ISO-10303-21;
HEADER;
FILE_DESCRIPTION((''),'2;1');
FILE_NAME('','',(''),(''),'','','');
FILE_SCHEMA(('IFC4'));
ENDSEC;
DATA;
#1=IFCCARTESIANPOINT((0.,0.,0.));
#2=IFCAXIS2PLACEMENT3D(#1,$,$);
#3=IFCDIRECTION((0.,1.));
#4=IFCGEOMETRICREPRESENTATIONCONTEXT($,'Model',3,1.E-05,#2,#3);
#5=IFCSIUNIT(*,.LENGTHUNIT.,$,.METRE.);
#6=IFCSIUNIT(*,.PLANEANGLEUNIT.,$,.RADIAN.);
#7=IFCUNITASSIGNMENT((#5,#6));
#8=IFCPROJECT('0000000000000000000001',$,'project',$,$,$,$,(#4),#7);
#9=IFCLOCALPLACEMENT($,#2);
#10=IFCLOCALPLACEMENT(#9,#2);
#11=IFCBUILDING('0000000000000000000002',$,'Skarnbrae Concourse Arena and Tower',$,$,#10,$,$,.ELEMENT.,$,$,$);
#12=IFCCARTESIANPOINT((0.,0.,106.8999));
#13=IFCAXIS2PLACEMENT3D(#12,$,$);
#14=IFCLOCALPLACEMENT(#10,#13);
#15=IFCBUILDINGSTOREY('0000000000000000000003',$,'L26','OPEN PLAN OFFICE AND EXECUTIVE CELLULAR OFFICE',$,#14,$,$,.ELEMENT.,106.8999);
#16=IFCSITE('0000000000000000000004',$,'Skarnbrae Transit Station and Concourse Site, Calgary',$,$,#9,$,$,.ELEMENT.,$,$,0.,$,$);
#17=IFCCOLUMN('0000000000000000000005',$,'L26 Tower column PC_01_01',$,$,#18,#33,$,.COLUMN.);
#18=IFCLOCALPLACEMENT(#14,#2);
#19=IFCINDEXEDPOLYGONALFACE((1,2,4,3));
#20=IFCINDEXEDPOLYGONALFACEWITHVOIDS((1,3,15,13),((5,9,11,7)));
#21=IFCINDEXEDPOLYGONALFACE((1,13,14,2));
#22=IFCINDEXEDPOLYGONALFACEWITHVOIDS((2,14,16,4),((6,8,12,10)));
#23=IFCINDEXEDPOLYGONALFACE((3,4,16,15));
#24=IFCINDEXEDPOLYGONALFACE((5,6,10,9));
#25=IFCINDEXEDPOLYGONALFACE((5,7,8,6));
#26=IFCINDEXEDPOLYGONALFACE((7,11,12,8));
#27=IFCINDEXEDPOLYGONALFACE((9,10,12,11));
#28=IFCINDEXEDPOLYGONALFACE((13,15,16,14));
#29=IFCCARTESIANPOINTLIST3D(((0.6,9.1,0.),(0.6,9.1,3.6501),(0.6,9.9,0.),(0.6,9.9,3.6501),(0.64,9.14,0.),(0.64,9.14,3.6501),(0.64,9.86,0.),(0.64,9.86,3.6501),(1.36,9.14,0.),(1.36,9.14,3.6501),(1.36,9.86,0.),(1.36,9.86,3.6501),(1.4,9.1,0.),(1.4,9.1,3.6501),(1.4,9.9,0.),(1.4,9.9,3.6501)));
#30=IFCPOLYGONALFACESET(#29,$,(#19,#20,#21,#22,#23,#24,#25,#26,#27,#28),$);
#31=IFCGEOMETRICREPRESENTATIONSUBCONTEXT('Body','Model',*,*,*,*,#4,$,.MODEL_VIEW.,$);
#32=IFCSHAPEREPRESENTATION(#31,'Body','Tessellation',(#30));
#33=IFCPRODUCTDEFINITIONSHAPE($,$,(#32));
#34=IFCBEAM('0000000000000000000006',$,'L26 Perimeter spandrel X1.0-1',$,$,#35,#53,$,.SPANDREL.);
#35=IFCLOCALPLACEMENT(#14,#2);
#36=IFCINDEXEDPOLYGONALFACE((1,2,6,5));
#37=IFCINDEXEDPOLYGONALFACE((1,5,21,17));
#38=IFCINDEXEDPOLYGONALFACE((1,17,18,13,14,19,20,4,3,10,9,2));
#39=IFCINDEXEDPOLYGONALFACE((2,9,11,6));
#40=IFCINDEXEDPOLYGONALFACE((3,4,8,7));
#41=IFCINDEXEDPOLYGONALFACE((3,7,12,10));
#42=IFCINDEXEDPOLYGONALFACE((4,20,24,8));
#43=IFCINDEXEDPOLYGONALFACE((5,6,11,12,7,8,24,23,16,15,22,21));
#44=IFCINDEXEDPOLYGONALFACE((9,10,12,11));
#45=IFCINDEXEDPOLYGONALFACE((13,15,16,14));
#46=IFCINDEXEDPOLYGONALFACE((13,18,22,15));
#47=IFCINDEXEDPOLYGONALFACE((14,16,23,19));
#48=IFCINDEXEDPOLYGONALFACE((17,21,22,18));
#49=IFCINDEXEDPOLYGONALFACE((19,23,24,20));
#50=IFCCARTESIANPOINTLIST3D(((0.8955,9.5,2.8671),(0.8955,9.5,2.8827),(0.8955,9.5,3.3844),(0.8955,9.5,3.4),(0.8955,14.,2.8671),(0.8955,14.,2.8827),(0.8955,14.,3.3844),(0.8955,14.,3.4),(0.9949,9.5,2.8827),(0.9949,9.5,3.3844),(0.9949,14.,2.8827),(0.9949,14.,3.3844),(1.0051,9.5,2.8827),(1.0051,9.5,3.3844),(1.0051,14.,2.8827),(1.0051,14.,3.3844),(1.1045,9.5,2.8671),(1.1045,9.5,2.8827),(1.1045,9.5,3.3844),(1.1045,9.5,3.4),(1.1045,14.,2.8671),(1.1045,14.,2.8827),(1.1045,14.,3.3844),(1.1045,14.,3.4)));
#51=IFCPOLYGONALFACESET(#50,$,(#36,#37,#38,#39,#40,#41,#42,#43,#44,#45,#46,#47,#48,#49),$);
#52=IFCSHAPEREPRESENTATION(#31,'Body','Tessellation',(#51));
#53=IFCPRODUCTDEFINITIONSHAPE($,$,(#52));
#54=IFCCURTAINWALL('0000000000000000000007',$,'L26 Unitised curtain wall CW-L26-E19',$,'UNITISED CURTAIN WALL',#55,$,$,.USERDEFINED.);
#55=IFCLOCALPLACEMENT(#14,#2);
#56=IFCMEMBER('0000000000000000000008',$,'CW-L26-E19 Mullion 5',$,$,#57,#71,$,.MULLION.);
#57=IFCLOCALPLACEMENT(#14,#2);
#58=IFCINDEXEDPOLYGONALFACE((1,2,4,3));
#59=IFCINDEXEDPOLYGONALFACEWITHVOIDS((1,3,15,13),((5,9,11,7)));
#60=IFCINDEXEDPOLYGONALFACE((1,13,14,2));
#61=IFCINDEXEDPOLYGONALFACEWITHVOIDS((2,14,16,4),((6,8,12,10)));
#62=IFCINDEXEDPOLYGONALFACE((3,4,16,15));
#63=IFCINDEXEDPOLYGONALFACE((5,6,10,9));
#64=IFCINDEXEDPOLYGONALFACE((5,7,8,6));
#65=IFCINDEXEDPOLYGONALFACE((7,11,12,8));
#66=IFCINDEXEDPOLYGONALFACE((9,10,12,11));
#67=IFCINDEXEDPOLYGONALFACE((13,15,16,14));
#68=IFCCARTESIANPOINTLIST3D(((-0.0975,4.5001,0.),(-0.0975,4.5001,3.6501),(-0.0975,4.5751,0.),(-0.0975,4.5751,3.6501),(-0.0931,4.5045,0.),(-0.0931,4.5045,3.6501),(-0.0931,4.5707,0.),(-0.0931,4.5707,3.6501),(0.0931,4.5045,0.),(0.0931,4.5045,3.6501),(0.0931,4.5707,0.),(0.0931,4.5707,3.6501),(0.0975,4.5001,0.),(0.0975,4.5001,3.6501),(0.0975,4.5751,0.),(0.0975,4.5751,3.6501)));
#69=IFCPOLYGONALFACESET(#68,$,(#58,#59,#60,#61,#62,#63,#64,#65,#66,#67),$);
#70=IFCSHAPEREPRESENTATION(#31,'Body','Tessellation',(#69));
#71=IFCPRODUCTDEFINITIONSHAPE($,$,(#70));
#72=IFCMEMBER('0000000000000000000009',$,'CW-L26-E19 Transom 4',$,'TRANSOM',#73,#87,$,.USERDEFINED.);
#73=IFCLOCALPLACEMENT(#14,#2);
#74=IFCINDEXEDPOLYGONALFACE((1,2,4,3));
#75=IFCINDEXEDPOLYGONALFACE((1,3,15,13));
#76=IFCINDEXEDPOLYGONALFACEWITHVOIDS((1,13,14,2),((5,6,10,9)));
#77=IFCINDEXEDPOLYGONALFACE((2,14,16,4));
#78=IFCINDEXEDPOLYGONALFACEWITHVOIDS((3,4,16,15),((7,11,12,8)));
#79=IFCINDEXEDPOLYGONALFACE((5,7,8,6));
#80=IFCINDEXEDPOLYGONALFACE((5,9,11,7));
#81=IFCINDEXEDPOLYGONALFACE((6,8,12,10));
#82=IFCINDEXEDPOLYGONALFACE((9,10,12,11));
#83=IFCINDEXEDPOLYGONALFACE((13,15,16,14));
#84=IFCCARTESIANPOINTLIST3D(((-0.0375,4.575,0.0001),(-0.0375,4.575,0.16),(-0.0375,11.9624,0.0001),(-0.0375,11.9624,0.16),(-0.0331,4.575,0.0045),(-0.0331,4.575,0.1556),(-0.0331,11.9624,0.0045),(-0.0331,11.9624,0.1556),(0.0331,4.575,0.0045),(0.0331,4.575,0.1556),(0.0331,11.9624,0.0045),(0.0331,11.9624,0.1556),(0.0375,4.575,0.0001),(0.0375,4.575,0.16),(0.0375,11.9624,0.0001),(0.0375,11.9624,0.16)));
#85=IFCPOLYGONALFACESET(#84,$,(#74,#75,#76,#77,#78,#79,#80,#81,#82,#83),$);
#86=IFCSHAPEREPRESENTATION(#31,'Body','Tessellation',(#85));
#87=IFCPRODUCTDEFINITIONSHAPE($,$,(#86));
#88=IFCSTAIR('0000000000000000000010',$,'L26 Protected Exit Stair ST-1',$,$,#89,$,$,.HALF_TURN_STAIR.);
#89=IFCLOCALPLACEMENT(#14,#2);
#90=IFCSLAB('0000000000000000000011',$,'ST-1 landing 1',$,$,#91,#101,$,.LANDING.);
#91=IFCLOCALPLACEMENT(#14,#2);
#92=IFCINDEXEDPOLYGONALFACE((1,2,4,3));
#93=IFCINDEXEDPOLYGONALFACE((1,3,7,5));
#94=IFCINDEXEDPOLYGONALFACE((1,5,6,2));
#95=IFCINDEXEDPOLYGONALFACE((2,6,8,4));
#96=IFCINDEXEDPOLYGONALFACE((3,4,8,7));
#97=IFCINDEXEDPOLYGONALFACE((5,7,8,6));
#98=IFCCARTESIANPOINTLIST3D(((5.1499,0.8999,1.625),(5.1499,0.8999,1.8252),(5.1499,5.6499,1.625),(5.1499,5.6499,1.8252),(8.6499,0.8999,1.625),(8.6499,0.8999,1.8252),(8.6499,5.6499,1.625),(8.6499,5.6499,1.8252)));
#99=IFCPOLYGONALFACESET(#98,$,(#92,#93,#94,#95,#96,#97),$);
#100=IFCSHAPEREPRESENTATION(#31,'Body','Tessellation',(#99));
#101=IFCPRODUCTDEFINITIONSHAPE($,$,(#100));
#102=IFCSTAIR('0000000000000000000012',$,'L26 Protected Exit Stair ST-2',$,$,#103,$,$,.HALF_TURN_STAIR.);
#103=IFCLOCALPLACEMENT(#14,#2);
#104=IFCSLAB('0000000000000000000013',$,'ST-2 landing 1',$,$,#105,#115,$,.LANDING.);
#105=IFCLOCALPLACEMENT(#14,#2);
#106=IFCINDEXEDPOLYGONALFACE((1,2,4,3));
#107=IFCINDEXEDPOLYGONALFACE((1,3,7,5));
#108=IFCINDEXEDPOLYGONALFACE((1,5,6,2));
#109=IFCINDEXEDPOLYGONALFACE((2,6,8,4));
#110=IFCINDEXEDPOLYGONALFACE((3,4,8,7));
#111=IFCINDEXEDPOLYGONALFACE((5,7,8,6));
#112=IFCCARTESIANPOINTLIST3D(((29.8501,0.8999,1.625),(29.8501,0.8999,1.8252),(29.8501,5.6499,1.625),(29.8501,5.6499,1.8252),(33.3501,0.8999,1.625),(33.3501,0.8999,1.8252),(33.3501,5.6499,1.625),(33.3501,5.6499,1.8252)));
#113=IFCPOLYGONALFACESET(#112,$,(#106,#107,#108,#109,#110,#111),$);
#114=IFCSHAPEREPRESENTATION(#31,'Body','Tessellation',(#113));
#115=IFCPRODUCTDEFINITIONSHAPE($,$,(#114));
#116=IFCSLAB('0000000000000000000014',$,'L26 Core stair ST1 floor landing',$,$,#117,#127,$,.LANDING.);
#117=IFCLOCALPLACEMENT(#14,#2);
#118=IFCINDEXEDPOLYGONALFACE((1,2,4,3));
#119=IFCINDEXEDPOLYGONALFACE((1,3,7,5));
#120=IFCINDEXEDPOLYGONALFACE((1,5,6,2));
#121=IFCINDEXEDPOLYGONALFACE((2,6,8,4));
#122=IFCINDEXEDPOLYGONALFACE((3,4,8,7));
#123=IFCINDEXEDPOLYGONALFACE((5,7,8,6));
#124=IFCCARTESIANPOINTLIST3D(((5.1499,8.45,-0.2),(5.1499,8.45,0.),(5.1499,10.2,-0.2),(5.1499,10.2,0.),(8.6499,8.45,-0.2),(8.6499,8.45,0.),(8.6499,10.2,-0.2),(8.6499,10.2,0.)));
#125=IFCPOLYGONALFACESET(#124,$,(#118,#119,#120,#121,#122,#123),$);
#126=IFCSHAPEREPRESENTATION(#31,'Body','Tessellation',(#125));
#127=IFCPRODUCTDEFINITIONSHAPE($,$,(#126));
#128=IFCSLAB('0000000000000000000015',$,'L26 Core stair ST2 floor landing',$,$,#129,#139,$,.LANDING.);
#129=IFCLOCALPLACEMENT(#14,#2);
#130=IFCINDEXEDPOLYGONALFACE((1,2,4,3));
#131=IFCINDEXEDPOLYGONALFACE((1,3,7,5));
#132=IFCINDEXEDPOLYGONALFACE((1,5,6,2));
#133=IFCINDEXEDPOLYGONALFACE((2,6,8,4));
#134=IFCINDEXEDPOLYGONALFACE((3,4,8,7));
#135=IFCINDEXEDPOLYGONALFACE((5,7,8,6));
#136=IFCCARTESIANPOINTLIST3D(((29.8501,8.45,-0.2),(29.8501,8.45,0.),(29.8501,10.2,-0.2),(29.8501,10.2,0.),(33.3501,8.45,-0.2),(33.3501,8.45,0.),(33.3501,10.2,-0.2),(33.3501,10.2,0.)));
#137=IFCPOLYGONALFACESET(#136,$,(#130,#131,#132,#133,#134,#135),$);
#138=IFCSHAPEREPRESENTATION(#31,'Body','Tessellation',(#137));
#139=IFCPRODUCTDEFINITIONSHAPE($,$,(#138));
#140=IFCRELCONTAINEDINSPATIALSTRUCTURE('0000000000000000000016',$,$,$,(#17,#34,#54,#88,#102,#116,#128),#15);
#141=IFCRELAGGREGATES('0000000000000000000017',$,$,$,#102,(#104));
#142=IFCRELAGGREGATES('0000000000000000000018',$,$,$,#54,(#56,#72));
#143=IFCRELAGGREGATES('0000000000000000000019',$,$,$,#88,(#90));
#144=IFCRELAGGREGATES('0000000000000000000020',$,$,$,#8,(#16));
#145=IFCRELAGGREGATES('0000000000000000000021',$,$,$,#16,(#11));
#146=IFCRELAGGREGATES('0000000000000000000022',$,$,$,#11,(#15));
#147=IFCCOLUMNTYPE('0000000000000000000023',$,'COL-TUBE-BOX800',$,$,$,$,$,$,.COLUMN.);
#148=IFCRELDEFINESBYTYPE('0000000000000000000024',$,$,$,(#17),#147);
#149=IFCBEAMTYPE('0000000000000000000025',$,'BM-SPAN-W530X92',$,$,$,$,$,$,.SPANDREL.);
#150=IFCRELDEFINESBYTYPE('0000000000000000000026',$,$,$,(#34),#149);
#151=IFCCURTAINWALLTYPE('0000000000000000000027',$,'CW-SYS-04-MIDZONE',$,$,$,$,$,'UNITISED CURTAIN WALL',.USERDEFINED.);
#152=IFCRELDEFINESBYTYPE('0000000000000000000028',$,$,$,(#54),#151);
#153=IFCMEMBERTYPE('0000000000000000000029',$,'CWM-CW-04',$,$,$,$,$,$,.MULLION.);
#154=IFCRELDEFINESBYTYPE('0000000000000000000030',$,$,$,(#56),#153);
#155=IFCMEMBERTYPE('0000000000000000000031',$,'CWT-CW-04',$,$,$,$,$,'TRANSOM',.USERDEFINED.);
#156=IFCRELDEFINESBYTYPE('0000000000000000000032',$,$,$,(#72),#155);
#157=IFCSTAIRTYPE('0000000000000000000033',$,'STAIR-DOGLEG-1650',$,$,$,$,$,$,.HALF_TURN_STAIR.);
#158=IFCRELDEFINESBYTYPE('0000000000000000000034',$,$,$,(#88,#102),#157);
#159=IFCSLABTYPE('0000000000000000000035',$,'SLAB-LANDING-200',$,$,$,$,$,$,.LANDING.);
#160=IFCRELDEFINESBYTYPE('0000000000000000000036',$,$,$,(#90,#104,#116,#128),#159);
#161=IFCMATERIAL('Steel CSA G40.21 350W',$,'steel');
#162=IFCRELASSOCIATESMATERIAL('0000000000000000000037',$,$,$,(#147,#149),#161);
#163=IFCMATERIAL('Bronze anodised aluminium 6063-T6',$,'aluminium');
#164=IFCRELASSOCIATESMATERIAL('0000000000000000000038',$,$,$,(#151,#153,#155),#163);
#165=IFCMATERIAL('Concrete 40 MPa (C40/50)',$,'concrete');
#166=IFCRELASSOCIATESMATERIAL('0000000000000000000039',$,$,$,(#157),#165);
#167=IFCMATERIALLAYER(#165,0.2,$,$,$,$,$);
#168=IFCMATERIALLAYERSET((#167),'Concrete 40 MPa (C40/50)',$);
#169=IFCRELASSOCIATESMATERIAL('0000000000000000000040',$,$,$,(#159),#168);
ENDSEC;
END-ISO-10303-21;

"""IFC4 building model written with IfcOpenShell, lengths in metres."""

from ifc_helpers import new_model, si_unit, direction, frame, origin, origin_2d, place, context, subcontext, project, spatial, polyline, hollow_rectangle, i_section, outline, extrude, source, transform, mapped, material, layer, layer_set, material_profile, profile_set, type_object, element, aggregate, save


model = new_model("IFC4")

# Units and contexts
model_context = context("Model", 3, precision=1e-05, world=origin(), true_north=direction((0.0, 1.0)))
body_context = subcontext(model_context, "Body", "Model", "MODEL_VIEW")
ifc_project = project(units=[si_unit("LENGTHUNIT", "METRE"), si_unit("PLANEANGLEUNIT", "RADIAN")], contexts=[model_context])

# Site, building, storey
site_placement = place(None, origin())
site = spatial("IfcSite", under=ifc_project, at=site_placement, Name="Skarnbrae Transit Station and Concourse Site, Calgary", CompositionType="ELEMENT", RefElevation=0.0)
building_placement = place(site_placement, origin())
building = spatial("IfcBuilding", under=site, at=building_placement, Name="Skarnbrae Concourse Arena and Tower", CompositionType="ELEMENT")
storey_placement = place(building_placement, frame((0.0, 0.0, 106.8999)))
storey = spatial("IfcBuildingStorey", under=building, at=storey_placement, Name="L26", Description="OPEN PLAN OFFICE AND EXECUTIVE CELLULAR OFFICE", CompositionType="ELEMENT", Elevation=106.8999)

# Column
ifc_material_1 = material(Name="Steel CSA G40.21 350W", Category="steel")
ifc_material_profile_1 = material_profile(ifc_material_1, hollow_rectangle(XDim=0.8, YDim=0.8, WallThickness=0.04, at=origin_2d()), Name="BOX800X800X40")
ifc_profile_set_1 = profile_set([ifc_material_profile_1], Name="Steel CSA G40.21 350W")
column_type = type_object("IfcColumnType", Name="COL-TUBE-BOX800", PredefinedType="COLUMN", material=ifc_profile_set_1)
shared_shape_1 = source(origin(), body_context, "Body", "SweptSolid", [
    extrude(hollow_rectangle(XDim=0.8, YDim=0.8, WallThickness=0.04, at=origin_2d()), origin(), (0.0, 0.0, 1.0), 3.6501),
])
column_placement = place(storey_placement, frame((1.0, 9.5, 0.0), z_axis=(0.0, 0.0, 1.0), x_axis=(1.0, 0.0, 0.0)))
element("IfcColumn", 1, at=column_placement, inside=storey, type_object=column_type, Name="L26 Tower column PC_01_01", PredefinedType="COLUMN", context=body_context, shape_type="MappedRepresentation", body=[
    mapped(shared_shape_1, transform((0.0, 0.0, 0.0))),
])

# Beam
ifc_material_profile_2 = material_profile(ifc_material_1, i_section(OverallWidth=0.209, OverallDepth=0.533, WebThickness=0.0103, FlangeThickness=0.0156, at=origin_2d()), Name="W530X92")
ifc_profile_set_2 = profile_set([ifc_material_profile_2], Name="Steel CSA G40.21 350W")
beam_type = type_object("IfcBeamType", Name="BM-SPAN-W530X92", PredefinedType="SPANDREL", material=ifc_profile_set_2)
shared_shape_2 = source(origin(), body_context, "Body", "SweptSolid", [
    extrude(i_section(OverallWidth=0.209, OverallDepth=0.533, WebThickness=0.0103, FlangeThickness=0.0156, at=origin_2d()), origin(), (0.0, 0.0, 1.0), 4.5),
])
beam_placement = place(storey_placement, frame((1.0, 9.5, 3.1335), z_axis=(0.0, 1.0, 0.0), x_axis=(-1.0, 0.0, 0.0)))
element("IfcBeam", 2, at=beam_placement, inside=storey, type_object=beam_type, Name="L26 Perimeter spandrel X1.0-1", PredefinedType="SPANDREL", context=body_context, shape_type="MappedRepresentation", body=[
    mapped(shared_shape_2, transform((0.0, 0.0, 0.0))),
])

# Curtain wall, members
ifc_material_2 = material(Name="Bronze anodised aluminium 6063-T6", Category="aluminium")
curtain_wall_type = type_object("IfcCurtainWallType", Name="CW-SYS-04-MIDZONE", ElementType="UNITISED CURTAIN WALL", PredefinedType="USERDEFINED", material=ifc_material_2)
curtain_wall_placement = place(storey_placement, origin())
curtain_wall = element("IfcCurtainWall", 3, at=curtain_wall_placement, inside=storey, type_object=curtain_wall_type, Name="L26 Unitised curtain wall CW-L26-E19", ObjectType="UNITISED CURTAIN WALL", PredefinedType="USERDEFINED")
ifc_material_profile_3 = material_profile(ifc_material_2, hollow_rectangle(XDim=0.075, YDim=0.1951, WallThickness=0.0044, at=origin_2d()), Name="ALU-MULL-75X195")
ifc_profile_set_3 = profile_set([ifc_material_profile_3], Name="Bronze anodised aluminium 6063-T6")
member_type_1 = type_object("IfcMemberType", Name="CWM-CW-04", PredefinedType="MULLION", material=ifc_profile_set_3)
shared_shape_3 = source(origin(), body_context, "Body", "SweptSolid", [
    extrude(hollow_rectangle(XDim=0.075, YDim=0.1951, WallThickness=0.0044, at=origin_2d()), origin(), (0.0, 0.0, 1.0), 3.6501),
])
member_1_placement = place(storey_placement, frame((0.0, 4.5376, 0.0), z_axis=(0.0, 0.0, 1.0), x_axis=(0.0, -1.0, 0.0)))
member_1 = element("IfcMember", 4, at=member_1_placement, type_object=member_type_1, Name="CW-L26-E19 Mullion 5", PredefinedType="MULLION", context=body_context, shape_type="MappedRepresentation", body=[
    mapped(shared_shape_3, transform((0.0, 0.0, 0.0))),
])
ifc_material_profile_4 = material_profile(ifc_material_2, hollow_rectangle(XDim=0.075, YDim=0.1599, WallThickness=0.0044, at=origin_2d()), Name="ALU-TRAN-75X160")
ifc_profile_set_4 = profile_set([ifc_material_profile_4], Name="Bronze anodised aluminium 6063-T6")
member_type_2 = type_object("IfcMemberType", Name="CWT-CW-04", ElementType="TRANSOM", PredefinedType="USERDEFINED", material=ifc_profile_set_4)
shared_shape_4 = source(origin(), body_context, "Body", "SweptSolid", [
    extrude(hollow_rectangle(XDim=0.075, YDim=0.1599, WallThickness=0.0044, at=origin_2d()), origin(), (0.0, 0.0, 1.0), 7.3875),
])
member_2_placement = place(storey_placement, frame((0.0, 11.9624, 0.0801), z_axis=(0.0, -1.0, 0.0), x_axis=(1.0, 0.0, 0.0)))
member_2 = element("IfcMember", 5, at=member_2_placement, type_object=member_type_2, Name="CW-L26-E19 Transom 4", ObjectType="TRANSOM", PredefinedType="USERDEFINED", context=body_context, shape_type="MappedRepresentation", body=[
    mapped(shared_shape_4, transform((0.0, 0.0, 0.0))),
])

# Stairs, slabs
ifc_material_3 = material(Name="Concrete 40 MPa (C40/50)", Category="concrete")
stair_type = type_object("IfcStairType", Name="STAIR-DOGLEG-1650", PredefinedType="HALF_TURN_STAIR", material=ifc_material_3)
stair_1_placement = place(storey_placement, origin())
stair_1 = element("IfcStair", 6, at=stair_1_placement, inside=storey, type_object=stair_type, Name="L26 Protected Exit Stair ST-1", PredefinedType="HALF_TURN_STAIR")
ifc_layer_1 = layer(ifc_material_3, 0.2)
ifc_layer_set_1 = layer_set([ifc_layer_1], Name="Concrete 40 MPa (C40/50)")
slab_type_1 = type_object("IfcSlabType", Name="SLAB-LANDING-200", PredefinedType="LANDING", material=ifc_layer_set_1)
slab_1_placement = place(storey_placement, frame((0.0, 0.0, 1.625)))
slab_1 = element("IfcSlab", 7, at=slab_1_placement, type_object=slab_type_1, Name="ST-1 landing 1", PredefinedType="LANDING", context=body_context, shape_type="SweptSolid", body=[
    extrude(outline(polyline([(5.1499, 5.6499), (5.1499, 0.8999), (8.6499, 0.8999), (8.6499, 5.6499), (5.1499, 5.6499)])), origin(), (0.0, 0.0, 1.0), 0.2002),
])
stair_2_placement = place(storey_placement, origin())
stair_2 = element("IfcStair", 8, at=stair_2_placement, inside=storey, type_object=stair_type, Name="L26 Protected Exit Stair ST-2", PredefinedType="HALF_TURN_STAIR")
slab_2_placement = place(storey_placement, frame((0.0, 0.0, 1.625)))
slab_2 = element("IfcSlab", 9, at=slab_2_placement, type_object=slab_type_1, Name="ST-2 landing 1", PredefinedType="LANDING", context=body_context, shape_type="SweptSolid", body=[
    extrude(outline(polyline([(29.8501, 5.6499), (29.8501, 0.8999), (33.3501, 0.8999), (33.3501, 5.6499), (29.8501, 5.6499)])), origin(), (0.0, 0.0, 1.0), 0.2002),
])
aggregate(stair_2, [slab_2])

# Slabs
slab_3_placement = place(storey_placement, frame((0.0, 0.0, -0.2)))
element("IfcSlab", 10, at=slab_3_placement, inside=storey, type_object=slab_type_1, Name="L26 Core stair ST1 floor landing", PredefinedType="LANDING", context=body_context, shape_type="SweptSolid", body=[
    extrude(outline(polyline([(5.1499, 10.2), (5.1499, 8.45), (8.6499, 8.45), (8.6499, 10.2), (5.1499, 10.2)])), origin(), (0.0, 0.0, 1.0), 0.2),
])
slab_4_placement = place(storey_placement, frame((0.0, 0.0, -0.2)))
element("IfcSlab", 11, at=slab_4_placement, inside=storey, type_object=slab_type_1, Name="L26 Core stair ST2 floor landing", PredefinedType="LANDING", context=body_context, shape_type="SweptSolid", body=[
    extrude(outline(polyline([(29.8501, 10.2), (29.8501, 8.45), (33.3501, 8.45), (33.3501, 10.2), (29.8501, 10.2)])), origin(), (0.0, 0.0, 1.0), 0.2),
])

aggregate(curtain_wall, [member_1, member_2])

aggregate(stair_1, [slab_1])

save(model, "model.ifc")
